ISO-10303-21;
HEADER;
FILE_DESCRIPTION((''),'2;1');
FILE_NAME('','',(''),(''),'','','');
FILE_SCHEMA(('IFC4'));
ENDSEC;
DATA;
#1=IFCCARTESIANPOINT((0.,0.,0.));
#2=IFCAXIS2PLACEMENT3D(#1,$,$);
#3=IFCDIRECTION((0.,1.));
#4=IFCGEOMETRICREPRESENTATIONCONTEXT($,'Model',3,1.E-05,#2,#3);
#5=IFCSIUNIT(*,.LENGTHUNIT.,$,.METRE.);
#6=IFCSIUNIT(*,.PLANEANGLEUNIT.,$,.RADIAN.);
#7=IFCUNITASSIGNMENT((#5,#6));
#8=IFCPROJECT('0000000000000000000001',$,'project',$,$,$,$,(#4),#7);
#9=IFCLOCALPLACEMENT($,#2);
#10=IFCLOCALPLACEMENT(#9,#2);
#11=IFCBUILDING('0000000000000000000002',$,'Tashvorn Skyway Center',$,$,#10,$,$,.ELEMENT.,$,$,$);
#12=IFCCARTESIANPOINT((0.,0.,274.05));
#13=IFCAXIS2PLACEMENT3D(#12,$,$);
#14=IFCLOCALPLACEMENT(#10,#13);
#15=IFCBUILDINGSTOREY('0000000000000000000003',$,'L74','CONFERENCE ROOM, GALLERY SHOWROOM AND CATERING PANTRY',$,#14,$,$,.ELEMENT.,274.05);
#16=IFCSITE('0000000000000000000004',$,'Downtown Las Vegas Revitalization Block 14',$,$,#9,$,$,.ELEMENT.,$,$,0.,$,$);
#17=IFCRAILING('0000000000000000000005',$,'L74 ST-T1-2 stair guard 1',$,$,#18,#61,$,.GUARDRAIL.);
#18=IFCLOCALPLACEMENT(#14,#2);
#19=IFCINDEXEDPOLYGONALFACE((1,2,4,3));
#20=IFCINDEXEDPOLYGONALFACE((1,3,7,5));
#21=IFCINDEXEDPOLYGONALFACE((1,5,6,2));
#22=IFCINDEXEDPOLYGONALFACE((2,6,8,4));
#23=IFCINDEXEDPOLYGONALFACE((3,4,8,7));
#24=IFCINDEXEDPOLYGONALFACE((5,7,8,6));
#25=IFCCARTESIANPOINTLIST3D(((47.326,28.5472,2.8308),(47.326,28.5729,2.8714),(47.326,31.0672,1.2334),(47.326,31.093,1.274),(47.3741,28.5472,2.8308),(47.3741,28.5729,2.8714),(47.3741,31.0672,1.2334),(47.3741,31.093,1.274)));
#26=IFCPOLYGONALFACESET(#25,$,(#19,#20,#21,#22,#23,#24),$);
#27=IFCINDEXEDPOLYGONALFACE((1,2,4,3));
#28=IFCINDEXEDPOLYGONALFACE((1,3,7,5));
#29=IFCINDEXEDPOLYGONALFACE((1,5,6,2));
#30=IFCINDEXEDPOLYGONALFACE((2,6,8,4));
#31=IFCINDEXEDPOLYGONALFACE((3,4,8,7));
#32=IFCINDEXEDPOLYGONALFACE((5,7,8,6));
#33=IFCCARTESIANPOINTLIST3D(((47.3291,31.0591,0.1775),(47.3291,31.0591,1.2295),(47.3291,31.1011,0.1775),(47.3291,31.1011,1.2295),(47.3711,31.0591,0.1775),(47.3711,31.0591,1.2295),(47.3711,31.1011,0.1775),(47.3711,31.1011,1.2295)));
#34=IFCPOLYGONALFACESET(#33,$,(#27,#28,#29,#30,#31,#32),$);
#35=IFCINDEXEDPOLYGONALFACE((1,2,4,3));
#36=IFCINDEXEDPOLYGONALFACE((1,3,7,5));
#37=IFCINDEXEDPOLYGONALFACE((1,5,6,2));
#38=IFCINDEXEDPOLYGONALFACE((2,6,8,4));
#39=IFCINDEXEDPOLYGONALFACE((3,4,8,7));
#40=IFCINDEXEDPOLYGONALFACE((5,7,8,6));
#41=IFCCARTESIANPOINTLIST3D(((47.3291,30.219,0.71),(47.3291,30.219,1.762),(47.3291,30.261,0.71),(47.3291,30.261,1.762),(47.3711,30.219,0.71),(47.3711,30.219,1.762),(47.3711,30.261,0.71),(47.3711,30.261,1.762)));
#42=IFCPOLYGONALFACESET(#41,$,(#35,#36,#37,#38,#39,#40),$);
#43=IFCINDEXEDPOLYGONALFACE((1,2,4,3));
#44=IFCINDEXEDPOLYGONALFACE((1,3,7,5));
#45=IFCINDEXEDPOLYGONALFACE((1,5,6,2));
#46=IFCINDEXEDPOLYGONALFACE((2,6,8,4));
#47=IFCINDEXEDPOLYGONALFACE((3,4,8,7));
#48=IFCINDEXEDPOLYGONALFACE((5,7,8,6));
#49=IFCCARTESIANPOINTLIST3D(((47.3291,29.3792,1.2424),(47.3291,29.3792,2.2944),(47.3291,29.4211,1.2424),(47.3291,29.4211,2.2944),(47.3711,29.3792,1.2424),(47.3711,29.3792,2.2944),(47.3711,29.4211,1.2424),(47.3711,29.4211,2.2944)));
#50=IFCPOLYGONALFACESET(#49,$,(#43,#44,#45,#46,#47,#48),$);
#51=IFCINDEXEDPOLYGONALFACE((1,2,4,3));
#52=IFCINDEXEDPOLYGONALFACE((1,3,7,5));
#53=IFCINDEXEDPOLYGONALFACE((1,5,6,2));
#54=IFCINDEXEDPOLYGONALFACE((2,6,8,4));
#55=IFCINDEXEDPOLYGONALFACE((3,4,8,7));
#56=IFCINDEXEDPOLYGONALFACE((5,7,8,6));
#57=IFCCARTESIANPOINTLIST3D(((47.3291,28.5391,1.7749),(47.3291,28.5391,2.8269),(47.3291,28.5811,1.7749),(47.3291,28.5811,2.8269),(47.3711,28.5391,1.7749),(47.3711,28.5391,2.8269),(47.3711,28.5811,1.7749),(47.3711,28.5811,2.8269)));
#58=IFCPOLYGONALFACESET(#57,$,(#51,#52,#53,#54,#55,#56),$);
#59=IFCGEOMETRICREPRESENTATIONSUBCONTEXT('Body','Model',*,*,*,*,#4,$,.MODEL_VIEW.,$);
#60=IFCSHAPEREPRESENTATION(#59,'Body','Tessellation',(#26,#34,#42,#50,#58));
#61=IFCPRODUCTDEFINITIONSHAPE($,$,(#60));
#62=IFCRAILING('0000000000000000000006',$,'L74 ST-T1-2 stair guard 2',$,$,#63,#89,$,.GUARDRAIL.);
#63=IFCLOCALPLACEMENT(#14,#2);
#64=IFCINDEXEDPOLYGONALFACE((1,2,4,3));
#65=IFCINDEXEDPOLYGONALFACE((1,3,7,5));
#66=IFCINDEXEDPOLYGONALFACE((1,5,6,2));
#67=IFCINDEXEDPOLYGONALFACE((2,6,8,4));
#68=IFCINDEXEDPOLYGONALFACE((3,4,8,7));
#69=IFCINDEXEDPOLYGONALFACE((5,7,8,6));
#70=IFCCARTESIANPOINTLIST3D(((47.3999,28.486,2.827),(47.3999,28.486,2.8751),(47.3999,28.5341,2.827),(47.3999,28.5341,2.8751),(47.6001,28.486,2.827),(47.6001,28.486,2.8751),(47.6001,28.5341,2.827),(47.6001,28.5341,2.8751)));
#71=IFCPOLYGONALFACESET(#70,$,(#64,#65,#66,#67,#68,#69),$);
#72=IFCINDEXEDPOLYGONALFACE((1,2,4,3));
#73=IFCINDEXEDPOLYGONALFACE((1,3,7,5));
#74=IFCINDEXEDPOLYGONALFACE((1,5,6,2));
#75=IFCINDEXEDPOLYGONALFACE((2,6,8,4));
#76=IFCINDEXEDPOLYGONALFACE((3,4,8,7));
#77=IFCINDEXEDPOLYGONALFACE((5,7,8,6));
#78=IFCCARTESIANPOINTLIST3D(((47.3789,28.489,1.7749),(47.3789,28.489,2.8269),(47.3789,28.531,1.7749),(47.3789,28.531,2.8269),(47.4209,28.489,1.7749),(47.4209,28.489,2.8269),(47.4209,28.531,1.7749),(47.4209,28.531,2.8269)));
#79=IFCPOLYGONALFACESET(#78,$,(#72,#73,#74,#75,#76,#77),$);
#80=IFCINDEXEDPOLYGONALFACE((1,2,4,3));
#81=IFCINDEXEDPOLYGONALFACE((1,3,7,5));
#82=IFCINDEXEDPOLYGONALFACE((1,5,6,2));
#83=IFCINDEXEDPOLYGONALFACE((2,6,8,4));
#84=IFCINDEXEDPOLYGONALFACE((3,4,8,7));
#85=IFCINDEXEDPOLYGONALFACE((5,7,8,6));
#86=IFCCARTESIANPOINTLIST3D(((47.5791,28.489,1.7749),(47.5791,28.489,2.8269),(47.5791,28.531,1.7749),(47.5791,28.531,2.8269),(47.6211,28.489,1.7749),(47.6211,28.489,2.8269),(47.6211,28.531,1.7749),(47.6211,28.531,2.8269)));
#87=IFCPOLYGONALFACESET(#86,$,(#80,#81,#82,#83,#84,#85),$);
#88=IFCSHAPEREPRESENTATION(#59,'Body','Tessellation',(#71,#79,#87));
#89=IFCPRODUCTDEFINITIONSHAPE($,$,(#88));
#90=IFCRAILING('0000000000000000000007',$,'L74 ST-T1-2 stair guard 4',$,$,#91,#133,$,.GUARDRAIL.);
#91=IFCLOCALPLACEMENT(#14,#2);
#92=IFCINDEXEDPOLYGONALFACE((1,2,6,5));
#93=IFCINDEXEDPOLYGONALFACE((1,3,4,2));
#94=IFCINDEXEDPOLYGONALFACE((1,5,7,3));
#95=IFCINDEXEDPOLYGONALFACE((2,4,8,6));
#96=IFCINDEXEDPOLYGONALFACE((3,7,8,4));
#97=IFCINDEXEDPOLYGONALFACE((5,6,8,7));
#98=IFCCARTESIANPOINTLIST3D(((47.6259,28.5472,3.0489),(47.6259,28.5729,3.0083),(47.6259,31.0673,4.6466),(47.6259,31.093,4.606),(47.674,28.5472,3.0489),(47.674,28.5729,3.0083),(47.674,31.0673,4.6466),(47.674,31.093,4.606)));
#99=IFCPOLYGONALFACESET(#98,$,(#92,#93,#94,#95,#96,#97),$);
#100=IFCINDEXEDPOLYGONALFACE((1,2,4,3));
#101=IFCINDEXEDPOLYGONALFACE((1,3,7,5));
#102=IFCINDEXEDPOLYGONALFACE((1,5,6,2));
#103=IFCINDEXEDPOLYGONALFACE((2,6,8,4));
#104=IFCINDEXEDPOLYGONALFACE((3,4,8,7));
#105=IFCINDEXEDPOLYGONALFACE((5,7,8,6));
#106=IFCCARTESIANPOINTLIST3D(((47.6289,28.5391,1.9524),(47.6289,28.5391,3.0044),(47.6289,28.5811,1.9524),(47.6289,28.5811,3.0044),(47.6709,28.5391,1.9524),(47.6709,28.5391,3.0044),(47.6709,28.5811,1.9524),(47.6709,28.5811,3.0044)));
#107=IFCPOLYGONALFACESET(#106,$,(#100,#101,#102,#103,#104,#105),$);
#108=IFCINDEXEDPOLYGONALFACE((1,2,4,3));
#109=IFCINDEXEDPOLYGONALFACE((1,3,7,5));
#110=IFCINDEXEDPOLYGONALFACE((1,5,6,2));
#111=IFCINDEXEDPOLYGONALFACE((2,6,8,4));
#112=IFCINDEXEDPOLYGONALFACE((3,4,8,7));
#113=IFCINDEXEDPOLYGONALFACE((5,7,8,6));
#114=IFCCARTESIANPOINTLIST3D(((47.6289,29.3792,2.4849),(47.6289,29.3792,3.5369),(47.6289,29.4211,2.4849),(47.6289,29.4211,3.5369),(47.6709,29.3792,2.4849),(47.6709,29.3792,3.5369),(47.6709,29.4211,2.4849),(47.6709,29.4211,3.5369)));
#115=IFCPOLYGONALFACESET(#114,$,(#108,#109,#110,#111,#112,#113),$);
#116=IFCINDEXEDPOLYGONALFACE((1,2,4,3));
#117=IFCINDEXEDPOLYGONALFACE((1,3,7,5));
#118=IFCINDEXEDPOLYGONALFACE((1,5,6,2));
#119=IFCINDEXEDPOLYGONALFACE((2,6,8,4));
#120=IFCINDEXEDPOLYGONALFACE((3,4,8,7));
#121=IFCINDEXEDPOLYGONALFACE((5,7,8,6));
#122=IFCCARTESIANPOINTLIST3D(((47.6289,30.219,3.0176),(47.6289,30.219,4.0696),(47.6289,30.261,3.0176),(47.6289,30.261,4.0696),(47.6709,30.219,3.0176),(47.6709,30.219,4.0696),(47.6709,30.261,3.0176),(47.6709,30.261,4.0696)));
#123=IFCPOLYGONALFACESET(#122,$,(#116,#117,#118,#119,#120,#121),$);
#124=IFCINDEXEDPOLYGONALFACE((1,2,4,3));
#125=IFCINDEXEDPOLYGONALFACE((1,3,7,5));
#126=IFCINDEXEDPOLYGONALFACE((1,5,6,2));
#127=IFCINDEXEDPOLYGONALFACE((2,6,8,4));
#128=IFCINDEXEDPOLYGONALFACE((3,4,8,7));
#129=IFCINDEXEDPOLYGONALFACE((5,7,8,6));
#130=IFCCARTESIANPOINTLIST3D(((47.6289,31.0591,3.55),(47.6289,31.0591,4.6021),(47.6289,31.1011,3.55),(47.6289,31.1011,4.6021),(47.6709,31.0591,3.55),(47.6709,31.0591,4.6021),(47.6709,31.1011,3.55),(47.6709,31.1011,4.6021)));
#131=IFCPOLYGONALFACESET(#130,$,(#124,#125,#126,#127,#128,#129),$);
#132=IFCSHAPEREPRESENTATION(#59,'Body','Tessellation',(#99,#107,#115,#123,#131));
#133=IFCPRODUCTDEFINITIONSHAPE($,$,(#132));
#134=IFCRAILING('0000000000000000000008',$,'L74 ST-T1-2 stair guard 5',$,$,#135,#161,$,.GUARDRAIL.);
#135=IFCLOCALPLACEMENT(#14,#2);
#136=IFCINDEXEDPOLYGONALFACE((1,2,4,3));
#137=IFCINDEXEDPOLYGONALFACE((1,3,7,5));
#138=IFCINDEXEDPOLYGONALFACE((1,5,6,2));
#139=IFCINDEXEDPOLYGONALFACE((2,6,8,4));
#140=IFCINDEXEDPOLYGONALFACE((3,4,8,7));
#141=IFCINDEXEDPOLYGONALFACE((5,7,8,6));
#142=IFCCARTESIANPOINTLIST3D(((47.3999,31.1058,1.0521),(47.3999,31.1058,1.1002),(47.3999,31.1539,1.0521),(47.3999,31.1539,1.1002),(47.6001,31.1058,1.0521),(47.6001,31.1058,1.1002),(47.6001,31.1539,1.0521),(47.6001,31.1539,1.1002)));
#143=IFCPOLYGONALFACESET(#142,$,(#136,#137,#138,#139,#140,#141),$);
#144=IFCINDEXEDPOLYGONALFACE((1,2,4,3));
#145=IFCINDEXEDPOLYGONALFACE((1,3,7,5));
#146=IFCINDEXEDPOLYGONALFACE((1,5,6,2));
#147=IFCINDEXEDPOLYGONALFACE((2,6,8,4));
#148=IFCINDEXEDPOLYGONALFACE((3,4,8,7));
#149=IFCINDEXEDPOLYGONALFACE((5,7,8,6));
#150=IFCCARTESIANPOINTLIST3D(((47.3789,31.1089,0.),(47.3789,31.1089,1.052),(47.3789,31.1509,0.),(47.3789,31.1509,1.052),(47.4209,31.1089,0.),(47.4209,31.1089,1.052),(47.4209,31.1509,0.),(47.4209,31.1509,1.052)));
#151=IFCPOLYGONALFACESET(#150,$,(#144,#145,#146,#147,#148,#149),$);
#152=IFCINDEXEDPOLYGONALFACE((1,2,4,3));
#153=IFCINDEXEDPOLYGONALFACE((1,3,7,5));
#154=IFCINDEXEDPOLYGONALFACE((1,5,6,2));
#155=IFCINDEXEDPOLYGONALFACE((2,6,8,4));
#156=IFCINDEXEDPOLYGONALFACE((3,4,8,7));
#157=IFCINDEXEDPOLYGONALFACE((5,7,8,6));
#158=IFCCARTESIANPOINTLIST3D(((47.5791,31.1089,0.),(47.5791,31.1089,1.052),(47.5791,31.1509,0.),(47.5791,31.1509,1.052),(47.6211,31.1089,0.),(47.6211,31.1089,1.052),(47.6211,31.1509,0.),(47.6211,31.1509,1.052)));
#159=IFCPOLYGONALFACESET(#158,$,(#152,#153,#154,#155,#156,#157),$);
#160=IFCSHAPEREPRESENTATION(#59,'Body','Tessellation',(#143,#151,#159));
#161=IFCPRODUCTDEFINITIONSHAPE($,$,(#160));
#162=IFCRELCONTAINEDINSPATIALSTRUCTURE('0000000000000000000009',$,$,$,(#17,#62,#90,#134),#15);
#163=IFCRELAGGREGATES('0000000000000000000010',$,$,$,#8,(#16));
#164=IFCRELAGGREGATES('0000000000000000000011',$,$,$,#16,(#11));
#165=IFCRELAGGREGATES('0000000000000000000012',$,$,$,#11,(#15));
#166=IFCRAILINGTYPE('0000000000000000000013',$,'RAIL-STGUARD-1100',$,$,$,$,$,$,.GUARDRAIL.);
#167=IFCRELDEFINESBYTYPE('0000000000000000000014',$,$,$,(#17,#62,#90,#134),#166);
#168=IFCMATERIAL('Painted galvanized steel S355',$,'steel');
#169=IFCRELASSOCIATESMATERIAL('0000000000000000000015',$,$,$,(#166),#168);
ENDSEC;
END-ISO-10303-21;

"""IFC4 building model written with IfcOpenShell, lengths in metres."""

from ifc_helpers import new_model, si_unit, direction, frame, origin, origin_2d, place, context, subcontext, project, spatial, rectangle, extrude, material, type_object, element, save


model = new_model("IFC4")

# Units and contexts
model_context = context("Model", 3, precision=1e-05, world=origin(), true_north=direction((0.0, 1.0)))
body_context = subcontext(model_context, "Body", "Model", "MODEL_VIEW")
ifc_project = project(units=[si_unit("LENGTHUNIT", "METRE"), si_unit("PLANEANGLEUNIT", "RADIAN")], contexts=[model_context])

# Site, building, storey
site_placement = place(None, origin())
site = spatial("IfcSite", under=ifc_project, at=site_placement, Name="Downtown Las Vegas Revitalization Block 14", CompositionType="ELEMENT", RefElevation=0.0)
building_placement = place(site_placement, origin())
building = spatial("IfcBuilding", under=site, at=building_placement, Name="Tashvorn Skyway Center", CompositionType="ELEMENT")
storey_placement = place(building_placement, frame((0.0, 0.0, 274.05)))
storey = spatial("IfcBuildingStorey", under=building, at=storey_placement, Name="L74", Description="CONFERENCE ROOM, GALLERY SHOWROOM AND CATERING PANTRY", CompositionType="ELEMENT", Elevation=274.05)

# Railings
ifc_material_1 = material(Name="Painted galvanized steel S355", Category="steel")
railing_type_1 = type_object("IfcRailingType", Name="RAIL-STGUARD-1100", PredefinedType="GUARDRAIL", material=ifc_material_1)
railing_1_placement = place(storey_placement, frame((47.3501, 31.0801, 0.1775)))
element("IfcRailing", 1, at=railing_1_placement, inside=storey, type_object=railing_type_1, Name="L74 ST-T1-2 stair guard 1", PredefinedType="GUARDRAIL", context=body_context, shape_type="SweptSolid", body=[
    extrude(rectangle(XDim=0.0481, YDim=0.0481, at=origin_2d()), frame((0.0, 0.0, 1.0762), z_axis=(0.0, -0.844607, 0.535387), x_axis=(1.0, 0.0, 0.0)), (0.0, 0.0, 1.0), 2.9836),
    extrude(rectangle(XDim=0.042, YDim=0.042, at=origin_2d()), origin(), (0.0, 0.0, 1.0), 1.052),
    extrude(rectangle(XDim=0.042, YDim=0.042, at=origin_2d()), frame((0.0, -0.8401, 0.5325)), (0.0, 0.0, 1.0), 1.052),
    extrude(rectangle(XDim=0.042, YDim=0.042, at=origin_2d()), frame((0.0, -1.6799, 1.0649)), (0.0, 0.0, 1.0), 1.052),
    extrude(rectangle(XDim=0.042, YDim=0.042, at=origin_2d()), frame((0.0, -2.52, 1.5974)), (0.0, 0.0, 1.0), 1.052),
])
railing_2_placement = place(storey_placement, frame((47.3999, 28.51, 1.7749)))
element("IfcRailing", 2, at=railing_2_placement, inside=storey, type_object=railing_type_1, Name="L74 ST-T1-2 stair guard 2", PredefinedType="GUARDRAIL", context=body_context, shape_type="SweptSolid", body=[
    extrude(rectangle(XDim=0.0481, YDim=0.0481, at=origin_2d()), frame((0.0, 0.0, 1.0762), z_axis=(1.0, 0.0, 0.0), x_axis=(0.0, 1.0, 0.0)), (0.0, 0.0, 1.0), 0.2002),
    extrude(rectangle(XDim=0.042, YDim=0.042, at=origin_2d()), origin(), (0.0, 0.0, 1.0), 1.052),
    extrude(rectangle(XDim=0.042, YDim=0.042, at=origin_2d()), frame((0.2002, 0.0, 0.0)), (0.0, 0.0, 1.0), 1.052),
])
railing_3_placement = place(storey_placement, frame((47.6499, 28.5601, 1.9524)))
element("IfcRailing", 3, at=railing_3_placement, inside=storey, type_object=railing_type_1, Name="L74 ST-T1-2 stair guard 4", PredefinedType="GUARDRAIL", context=body_context, shape_type="SweptSolid", body=[
    extrude(rectangle(XDim=0.0481, YDim=0.0481, at=origin_2d()), frame((0.0, 0.0, 1.0762), z_axis=(0.0, 0.84457, 0.535445), x_axis=(-1.0, 0.0, 0.0)), (0.0, 0.0, 1.0), 2.9839),
    extrude(rectangle(XDim=0.042, YDim=0.042, at=origin_2d()), origin(), (0.0, 0.0, 1.0), 1.052),
    extrude(rectangle(XDim=0.042, YDim=0.042, at=origin_2d()), frame((0.0, 0.8401, 0.5325)), (0.0, 0.0, 1.0), 1.052),
    extrude(rectangle(XDim=0.042, YDim=0.042, at=origin_2d()), frame((0.0, 1.6799, 1.0652)), (0.0, 0.0, 1.0), 1.052),
    extrude(rectangle(XDim=0.042, YDim=0.042, at=origin_2d()), frame((0.0, 2.52, 1.5977)), (0.0, 0.0, 1.0), 1.052),
])
railing_4_placement = place(storey_placement, frame((47.3999, 31.1299, 0.0)))
element("IfcRailing", 4, at=railing_4_placement, inside=storey, type_object=railing_type_1, Name="L74 ST-T1-2 stair guard 5", PredefinedType="GUARDRAIL", context=body_context, shape_type="SweptSolid", body=[
    extrude(rectangle(XDim=0.0481, YDim=0.0481, at=origin_2d()), frame((0.0, 0.0, 1.0762), z_axis=(1.0, 0.0, 0.0), x_axis=(0.0, 1.0, 0.0)), (0.0, 0.0, 1.0), 0.2002),
    extrude(rectangle(XDim=0.042, YDim=0.042, at=origin_2d()), origin(), (0.0, 0.0, 1.0), 1.052),
    extrude(rectangle(XDim=0.042, YDim=0.042, at=origin_2d()), frame((0.2002, 0.0, 0.0)), (0.0, 0.0, 1.0), 1.052),
])

save(model, "model.ifc")
